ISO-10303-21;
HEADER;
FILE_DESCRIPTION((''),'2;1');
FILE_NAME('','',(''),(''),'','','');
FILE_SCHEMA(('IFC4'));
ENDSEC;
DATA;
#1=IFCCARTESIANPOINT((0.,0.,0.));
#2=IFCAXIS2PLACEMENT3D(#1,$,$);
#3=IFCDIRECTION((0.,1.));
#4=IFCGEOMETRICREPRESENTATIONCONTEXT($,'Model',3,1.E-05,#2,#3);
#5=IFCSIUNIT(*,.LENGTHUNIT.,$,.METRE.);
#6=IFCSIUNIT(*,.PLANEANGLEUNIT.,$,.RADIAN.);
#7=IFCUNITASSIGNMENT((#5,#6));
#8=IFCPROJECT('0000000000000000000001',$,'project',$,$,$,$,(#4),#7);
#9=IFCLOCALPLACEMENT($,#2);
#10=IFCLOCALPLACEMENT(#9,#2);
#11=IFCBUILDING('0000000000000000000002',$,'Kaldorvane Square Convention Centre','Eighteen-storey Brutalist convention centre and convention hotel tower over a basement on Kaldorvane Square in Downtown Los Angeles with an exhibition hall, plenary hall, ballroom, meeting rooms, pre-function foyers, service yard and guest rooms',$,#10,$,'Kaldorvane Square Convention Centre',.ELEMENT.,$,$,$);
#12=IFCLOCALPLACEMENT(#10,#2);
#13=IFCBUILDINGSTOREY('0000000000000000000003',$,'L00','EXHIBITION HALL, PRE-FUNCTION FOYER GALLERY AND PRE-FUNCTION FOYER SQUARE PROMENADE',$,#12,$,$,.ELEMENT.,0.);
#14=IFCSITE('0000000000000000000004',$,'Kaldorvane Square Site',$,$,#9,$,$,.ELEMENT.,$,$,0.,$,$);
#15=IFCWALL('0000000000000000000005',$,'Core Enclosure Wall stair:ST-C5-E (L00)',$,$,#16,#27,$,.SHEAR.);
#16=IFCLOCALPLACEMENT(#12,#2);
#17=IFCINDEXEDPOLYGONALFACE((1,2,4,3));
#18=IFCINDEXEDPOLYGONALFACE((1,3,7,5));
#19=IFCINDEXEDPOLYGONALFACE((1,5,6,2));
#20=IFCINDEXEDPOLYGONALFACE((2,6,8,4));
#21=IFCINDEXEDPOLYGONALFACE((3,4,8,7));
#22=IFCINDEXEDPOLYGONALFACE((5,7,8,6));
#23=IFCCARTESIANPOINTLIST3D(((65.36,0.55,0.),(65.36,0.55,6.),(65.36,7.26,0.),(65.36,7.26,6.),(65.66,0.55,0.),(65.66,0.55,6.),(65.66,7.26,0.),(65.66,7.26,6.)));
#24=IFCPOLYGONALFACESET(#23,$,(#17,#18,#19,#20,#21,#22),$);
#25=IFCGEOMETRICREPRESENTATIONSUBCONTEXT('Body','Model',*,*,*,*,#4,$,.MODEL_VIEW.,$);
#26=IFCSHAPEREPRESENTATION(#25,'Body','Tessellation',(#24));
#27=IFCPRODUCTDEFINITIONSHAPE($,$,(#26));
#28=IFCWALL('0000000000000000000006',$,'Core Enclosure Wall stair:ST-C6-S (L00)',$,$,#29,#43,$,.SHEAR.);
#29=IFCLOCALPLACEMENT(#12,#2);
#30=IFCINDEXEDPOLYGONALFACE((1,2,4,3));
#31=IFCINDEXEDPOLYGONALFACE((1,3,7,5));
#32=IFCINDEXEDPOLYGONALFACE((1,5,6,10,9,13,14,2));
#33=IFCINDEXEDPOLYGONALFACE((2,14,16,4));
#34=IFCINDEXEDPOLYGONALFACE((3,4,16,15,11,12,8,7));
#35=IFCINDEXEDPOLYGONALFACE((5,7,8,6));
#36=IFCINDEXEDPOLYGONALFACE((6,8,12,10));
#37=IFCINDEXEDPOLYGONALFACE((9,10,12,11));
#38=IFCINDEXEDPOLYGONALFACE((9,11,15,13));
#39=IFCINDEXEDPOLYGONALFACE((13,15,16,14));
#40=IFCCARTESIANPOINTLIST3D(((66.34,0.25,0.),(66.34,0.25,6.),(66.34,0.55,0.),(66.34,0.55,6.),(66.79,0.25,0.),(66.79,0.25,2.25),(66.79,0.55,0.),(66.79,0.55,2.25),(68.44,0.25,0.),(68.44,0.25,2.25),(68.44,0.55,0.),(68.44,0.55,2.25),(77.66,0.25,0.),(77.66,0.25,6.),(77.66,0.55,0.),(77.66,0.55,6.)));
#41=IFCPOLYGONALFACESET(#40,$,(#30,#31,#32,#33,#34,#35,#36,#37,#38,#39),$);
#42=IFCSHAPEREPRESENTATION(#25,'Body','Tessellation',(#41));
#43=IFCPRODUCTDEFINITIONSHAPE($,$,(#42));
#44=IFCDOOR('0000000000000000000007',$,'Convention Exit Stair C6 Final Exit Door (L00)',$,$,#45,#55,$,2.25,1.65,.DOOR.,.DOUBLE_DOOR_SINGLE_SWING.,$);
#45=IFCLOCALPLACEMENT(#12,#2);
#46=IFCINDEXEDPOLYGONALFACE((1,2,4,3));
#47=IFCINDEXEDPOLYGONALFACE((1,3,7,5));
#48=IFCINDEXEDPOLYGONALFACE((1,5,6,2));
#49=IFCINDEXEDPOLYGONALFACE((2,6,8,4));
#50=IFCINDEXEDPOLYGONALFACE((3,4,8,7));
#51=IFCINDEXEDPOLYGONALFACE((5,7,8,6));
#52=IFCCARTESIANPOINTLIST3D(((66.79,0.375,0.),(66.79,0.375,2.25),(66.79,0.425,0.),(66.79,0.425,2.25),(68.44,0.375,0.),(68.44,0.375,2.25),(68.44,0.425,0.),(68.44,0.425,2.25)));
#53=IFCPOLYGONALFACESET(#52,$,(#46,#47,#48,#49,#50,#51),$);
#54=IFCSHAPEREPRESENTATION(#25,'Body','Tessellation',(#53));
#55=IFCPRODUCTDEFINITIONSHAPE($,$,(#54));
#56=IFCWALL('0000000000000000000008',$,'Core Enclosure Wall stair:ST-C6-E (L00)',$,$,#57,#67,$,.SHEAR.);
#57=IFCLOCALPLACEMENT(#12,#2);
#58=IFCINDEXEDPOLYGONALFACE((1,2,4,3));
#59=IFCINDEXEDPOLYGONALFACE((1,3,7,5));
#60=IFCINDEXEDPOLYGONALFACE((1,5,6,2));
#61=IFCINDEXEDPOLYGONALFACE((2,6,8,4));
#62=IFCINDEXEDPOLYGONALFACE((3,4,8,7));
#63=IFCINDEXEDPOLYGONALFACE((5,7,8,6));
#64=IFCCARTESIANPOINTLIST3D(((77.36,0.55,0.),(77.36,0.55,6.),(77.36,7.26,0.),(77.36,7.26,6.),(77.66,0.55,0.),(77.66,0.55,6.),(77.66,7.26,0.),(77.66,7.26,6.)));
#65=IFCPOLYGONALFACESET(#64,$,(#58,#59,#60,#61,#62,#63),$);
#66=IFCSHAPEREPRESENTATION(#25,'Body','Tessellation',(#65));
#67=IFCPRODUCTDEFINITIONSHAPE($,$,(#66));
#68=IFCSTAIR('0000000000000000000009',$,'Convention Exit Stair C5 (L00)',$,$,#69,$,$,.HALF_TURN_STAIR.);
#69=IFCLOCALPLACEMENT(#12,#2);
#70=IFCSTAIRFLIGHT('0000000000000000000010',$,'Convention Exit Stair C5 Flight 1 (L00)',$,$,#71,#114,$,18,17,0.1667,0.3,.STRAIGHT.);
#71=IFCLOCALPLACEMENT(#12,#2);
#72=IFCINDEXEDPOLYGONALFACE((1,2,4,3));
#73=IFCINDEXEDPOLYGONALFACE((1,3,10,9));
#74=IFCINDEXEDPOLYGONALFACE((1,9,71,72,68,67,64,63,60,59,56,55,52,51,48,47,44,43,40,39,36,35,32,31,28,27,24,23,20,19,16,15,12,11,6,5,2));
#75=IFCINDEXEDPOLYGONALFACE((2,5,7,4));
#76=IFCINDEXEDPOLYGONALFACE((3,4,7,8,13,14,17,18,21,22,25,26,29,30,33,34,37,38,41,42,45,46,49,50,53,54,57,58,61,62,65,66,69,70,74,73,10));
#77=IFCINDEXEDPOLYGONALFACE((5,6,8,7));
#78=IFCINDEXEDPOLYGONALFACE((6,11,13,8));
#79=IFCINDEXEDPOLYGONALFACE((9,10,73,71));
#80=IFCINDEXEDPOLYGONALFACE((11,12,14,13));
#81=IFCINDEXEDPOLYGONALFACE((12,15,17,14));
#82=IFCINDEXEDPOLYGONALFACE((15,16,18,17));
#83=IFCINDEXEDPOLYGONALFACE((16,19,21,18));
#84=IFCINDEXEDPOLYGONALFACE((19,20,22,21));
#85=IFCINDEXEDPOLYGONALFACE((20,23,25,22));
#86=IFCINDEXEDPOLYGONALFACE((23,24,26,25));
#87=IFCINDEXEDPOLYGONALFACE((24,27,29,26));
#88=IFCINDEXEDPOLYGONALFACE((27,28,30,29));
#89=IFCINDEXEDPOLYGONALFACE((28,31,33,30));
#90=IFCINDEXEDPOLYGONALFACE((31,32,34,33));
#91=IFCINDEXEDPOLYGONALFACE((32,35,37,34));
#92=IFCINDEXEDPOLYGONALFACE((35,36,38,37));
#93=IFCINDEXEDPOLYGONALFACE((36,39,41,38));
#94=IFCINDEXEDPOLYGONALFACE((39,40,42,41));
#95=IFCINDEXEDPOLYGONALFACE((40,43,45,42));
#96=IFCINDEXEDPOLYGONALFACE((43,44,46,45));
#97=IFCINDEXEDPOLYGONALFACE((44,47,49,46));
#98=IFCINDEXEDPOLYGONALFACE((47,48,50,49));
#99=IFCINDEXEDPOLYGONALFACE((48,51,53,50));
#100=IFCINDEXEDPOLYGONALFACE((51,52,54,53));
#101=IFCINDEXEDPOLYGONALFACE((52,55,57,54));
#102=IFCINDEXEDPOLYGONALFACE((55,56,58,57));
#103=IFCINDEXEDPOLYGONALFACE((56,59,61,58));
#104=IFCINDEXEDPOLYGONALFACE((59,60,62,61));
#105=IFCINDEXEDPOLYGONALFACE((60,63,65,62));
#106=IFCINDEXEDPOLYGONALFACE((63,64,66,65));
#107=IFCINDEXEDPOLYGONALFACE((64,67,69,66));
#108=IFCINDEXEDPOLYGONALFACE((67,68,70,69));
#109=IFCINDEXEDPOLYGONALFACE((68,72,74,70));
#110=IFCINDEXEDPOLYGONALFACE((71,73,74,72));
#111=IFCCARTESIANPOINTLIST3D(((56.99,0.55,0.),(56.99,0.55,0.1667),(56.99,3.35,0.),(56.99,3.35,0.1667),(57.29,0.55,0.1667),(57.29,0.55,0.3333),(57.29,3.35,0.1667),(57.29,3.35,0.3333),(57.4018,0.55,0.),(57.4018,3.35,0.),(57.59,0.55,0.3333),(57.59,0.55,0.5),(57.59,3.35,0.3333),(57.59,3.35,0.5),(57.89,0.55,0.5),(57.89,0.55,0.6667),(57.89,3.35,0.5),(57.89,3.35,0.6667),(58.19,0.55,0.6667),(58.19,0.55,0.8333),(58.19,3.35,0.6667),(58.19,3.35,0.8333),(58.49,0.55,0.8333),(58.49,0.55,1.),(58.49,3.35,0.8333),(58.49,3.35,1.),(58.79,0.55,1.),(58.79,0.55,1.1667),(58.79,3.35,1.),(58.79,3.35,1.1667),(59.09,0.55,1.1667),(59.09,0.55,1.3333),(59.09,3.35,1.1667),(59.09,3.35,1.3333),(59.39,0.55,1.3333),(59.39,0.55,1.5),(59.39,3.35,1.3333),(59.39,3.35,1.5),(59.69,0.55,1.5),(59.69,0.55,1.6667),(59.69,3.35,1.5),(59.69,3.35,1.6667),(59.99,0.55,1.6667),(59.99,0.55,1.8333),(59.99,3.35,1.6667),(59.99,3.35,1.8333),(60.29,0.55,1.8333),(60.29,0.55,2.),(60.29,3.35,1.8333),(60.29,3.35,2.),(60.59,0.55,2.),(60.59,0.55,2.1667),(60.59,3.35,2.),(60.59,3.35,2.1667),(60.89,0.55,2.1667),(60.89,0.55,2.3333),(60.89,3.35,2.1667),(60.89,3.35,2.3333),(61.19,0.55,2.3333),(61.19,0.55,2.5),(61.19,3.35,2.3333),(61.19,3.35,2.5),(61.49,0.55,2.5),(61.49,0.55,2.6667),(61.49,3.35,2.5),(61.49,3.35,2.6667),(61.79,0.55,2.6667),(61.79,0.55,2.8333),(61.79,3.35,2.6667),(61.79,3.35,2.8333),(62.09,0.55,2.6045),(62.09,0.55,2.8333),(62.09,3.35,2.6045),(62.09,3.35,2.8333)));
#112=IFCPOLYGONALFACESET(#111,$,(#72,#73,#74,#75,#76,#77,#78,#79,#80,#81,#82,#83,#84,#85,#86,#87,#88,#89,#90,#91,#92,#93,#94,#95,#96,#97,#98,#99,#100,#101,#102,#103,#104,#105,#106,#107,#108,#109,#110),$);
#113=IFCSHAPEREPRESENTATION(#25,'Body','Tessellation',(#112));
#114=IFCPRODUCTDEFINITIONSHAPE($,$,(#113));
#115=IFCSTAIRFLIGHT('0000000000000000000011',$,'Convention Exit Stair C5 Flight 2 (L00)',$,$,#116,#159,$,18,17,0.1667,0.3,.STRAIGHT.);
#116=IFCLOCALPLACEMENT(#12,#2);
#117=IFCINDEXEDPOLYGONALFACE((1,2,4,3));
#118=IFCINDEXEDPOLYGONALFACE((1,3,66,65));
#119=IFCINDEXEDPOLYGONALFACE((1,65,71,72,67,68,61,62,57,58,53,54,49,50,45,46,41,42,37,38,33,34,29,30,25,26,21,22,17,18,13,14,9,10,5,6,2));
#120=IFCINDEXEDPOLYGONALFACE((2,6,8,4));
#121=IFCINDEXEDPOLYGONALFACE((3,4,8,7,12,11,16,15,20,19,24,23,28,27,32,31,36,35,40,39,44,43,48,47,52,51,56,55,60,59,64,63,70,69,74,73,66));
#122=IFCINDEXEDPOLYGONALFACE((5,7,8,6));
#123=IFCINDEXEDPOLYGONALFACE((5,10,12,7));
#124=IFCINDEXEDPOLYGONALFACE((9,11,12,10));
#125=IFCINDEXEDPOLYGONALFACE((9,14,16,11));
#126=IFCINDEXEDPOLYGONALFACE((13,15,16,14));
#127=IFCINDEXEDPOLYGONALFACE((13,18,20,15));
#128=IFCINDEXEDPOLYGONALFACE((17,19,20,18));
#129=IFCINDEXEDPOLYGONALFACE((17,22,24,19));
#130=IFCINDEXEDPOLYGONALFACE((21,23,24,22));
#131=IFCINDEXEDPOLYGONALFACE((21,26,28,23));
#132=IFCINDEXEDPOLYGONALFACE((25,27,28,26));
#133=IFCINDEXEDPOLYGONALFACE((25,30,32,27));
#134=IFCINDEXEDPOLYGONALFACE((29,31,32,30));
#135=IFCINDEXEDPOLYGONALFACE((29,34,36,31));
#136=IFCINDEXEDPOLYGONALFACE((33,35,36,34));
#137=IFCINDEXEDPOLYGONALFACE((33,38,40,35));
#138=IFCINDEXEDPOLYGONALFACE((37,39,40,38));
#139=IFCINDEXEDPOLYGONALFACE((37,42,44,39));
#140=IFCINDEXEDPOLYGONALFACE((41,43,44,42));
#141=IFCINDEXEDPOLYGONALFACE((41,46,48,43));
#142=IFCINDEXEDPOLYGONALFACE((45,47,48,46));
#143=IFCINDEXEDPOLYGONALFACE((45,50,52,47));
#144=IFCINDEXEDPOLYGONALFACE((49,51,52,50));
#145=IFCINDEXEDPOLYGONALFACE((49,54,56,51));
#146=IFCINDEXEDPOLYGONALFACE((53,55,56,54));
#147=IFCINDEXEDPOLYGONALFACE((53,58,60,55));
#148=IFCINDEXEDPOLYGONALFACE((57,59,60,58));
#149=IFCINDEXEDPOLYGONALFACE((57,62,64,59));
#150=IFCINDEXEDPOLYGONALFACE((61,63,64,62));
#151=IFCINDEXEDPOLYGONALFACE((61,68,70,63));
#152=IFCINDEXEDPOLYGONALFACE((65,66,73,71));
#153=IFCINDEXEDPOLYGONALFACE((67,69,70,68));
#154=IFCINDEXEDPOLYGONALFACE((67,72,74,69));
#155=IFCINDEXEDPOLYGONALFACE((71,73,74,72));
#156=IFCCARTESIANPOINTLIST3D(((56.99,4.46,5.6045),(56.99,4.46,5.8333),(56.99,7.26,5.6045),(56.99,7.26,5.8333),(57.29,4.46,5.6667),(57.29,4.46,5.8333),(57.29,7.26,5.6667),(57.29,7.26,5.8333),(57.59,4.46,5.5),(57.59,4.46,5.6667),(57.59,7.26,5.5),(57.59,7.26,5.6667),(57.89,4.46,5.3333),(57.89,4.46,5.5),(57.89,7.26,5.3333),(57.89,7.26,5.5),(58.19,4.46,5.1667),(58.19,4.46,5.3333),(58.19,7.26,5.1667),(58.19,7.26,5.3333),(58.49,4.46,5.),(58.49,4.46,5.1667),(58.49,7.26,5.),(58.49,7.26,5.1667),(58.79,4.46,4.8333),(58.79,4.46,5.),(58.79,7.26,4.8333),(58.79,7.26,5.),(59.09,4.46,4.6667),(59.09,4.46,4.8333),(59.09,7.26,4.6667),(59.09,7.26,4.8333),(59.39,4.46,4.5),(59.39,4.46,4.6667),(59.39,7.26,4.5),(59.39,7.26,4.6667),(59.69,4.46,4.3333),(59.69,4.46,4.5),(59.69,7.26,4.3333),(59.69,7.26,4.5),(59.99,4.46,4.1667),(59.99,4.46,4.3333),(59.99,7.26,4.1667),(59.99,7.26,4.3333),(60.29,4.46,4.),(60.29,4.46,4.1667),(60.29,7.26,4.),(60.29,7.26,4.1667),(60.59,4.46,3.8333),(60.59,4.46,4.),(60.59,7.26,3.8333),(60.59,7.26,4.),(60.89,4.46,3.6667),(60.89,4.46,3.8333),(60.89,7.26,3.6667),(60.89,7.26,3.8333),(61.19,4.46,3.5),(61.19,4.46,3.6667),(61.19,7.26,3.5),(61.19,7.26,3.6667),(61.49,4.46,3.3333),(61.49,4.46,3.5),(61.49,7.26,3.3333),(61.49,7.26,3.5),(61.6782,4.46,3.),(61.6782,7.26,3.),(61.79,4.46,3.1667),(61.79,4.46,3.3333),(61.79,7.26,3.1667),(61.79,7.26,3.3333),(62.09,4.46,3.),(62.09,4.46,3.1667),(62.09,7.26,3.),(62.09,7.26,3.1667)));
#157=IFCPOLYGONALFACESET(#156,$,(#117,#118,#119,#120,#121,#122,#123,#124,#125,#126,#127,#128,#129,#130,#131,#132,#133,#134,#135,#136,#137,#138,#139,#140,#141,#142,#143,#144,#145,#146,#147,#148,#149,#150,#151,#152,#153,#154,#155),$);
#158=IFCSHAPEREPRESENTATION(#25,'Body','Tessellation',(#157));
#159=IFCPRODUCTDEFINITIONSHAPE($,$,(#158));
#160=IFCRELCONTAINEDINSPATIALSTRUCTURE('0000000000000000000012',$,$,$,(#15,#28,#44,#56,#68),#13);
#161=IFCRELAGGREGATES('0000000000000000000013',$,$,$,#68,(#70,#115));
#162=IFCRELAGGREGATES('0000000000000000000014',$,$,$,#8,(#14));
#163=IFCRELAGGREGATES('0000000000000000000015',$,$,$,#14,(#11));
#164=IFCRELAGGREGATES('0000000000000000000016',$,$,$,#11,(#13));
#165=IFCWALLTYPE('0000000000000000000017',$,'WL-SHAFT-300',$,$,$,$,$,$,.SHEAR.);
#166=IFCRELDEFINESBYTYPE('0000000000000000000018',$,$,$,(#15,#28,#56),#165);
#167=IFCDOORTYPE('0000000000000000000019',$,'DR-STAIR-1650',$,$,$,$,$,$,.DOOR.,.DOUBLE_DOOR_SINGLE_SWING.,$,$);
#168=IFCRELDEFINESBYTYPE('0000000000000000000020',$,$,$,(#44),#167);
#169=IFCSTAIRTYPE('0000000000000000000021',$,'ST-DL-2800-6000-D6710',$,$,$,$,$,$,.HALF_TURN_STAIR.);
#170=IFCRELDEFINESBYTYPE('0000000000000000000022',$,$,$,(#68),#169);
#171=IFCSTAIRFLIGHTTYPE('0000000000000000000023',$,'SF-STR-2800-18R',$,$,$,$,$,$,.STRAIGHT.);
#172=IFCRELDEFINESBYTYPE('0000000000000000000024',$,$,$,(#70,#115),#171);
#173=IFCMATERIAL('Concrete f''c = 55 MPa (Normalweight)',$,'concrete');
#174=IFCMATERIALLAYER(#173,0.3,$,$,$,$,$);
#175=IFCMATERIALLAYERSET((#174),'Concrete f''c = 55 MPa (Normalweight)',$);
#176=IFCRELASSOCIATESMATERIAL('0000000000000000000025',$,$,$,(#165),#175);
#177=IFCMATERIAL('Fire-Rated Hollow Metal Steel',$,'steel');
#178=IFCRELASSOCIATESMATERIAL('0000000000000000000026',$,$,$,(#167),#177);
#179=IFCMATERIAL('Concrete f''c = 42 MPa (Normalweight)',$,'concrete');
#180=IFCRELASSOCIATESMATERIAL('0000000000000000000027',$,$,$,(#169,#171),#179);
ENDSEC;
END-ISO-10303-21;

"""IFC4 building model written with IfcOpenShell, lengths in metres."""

from ifc_helpers import new_model, si_unit, direction, frame, frame_2d, origin, place, context, subcontext, project, spatial, polyline, rectangle, outline, extrude, material, layer, layer_set, type_object, element, fill, aggregate, save


model = new_model("IFC4")

# Units and contexts
model_context = context("Model", 3, precision=1e-05, world=origin(), true_north=direction((0.0, 1.0)))
body_context = subcontext(model_context, "Body", "Model", "MODEL_VIEW")
ifc_project = project(units=[si_unit("LENGTHUNIT", "METRE"), si_unit("PLANEANGLEUNIT", "RADIAN")], contexts=[model_context])

# Site, building, storey
site_placement = place(None, origin())
site = spatial("IfcSite", under=ifc_project, at=site_placement, Name="Kaldorvane Square Site", CompositionType="ELEMENT", RefElevation=0.0)
building_placement = place(site_placement, origin())
building = spatial("IfcBuilding", under=site, at=building_placement, Name="Kaldorvane Square Convention Centre", Description="Eighteen-storey Brutalist convention centre and convention hotel tower over a basement on Kaldorvane Square in Downtown Los Angeles with an exhibition hall, plenary hall, ballroom, meeting rooms, pre-function foyers, service yard and guest rooms", LongName="Kaldorvane Square Convention Centre", CompositionType="ELEMENT")
storey_placement = place(building_placement, origin())
storey = spatial("IfcBuildingStorey", under=building, at=storey_placement, Name="L00", Description="EXHIBITION HALL, PRE-FUNCTION FOYER GALLERY AND PRE-FUNCTION FOYER SQUARE PROMENADE", CompositionType="ELEMENT", Elevation=0.0)

# Shared definitions
ifc_material_1 = material(Name="Concrete f'c = 55 MPa (Normalweight)", Category="concrete")

# Shared definitions
ifc_material_2 = material(Name="Concrete f'c = 42 MPa (Normalweight)", Category="concrete")

# Shared definitions
ifc_layer_1 = layer(ifc_material_1, 0.3)
ifc_layer_set_1 = layer_set([ifc_layer_1], Name="Concrete f'c = 55 MPa (Normalweight)")
wall_type_1 = type_object("IfcWallType", Name="WL-SHAFT-300", PredefinedType="SHEAR", material=ifc_layer_set_1)
ifc_material_3 = material(Name="Fire-Rated Hollow Metal Steel", Category="steel")
door_type = type_object("IfcDoorType", Name="DR-STAIR-1650", OperationType="DOUBLE_DOOR_SINGLE_SWING", PredefinedType="DOOR", material=ifc_material_3)

# Wall
wall_1_placement = place(storey_placement, frame((65.51, 0.55, 0.0), z_axis=(0.0, 0.0, 1.0), x_axis=(0.0, 1.0, 0.0)))
element("IfcWall", 1, at=wall_1_placement, inside=storey, type_object=wall_type_1, Name="Core Enclosure Wall stair:ST-C5-E (L00)", PredefinedType="SHEAR", context=body_context, shape_type="SweptSolid", body=[
    extrude(rectangle(XDim=6.71, YDim=0.3, at=frame_2d((3.355, 0.0))), origin(), (0.0, 0.0, 1.0), 6.0),
])

# Wall, opening, door
wall_2_placement = place(storey_placement, frame((77.66, 0.4, 0.0), z_axis=(0.0, 0.0, 1.0), x_axis=(-1.0, 0.0, 0.0)))
wall_2 = element("IfcWall", 2, at=wall_2_placement, inside=storey, type_object=wall_type_1, Name="Core Enclosure Wall stair:ST-C6-S (L00)", PredefinedType="SHEAR", context=body_context, shape_type="SweptSolid", body=[
    extrude(rectangle(XDim=11.32, YDim=0.3, at=frame_2d((5.66, 0.0))), origin(), (0.0, 0.0, 1.0), 6.0),
])
opening_1_placement = place(wall_2_placement, frame((9.22, 0.0, 0.0)))
opening_1 = element("IfcOpeningElement", 3, at=opening_1_placement, cuts=wall_2, PredefinedType="OPENING", context=body_context, shape_type="SweptSolid", body=[
    extrude(rectangle(XDim=1.65, YDim=2.25, at=frame_2d((0.825, 1.125))), frame((0.0, 0.165, 0.0), z_axis=(0.0, -1.0, 0.0), x_axis=(1.0, 0.0, 0.0)), (0.0, 0.0, 1.0), 0.33),
])
door_1_placement = place(opening_1_placement, origin())
door_1 = element("IfcDoor", 4, at=door_1_placement, inside=storey, type_object=door_type, Name="Convention Exit Stair C6 Final Exit Door (L00)", OperationType="DOUBLE_DOOR_SINGLE_SWING", OverallHeight=2.25, OverallWidth=1.65, PredefinedType="DOOR", context=body_context, shape_type="SweptSolid", body=[
    extrude(rectangle(XDim=1.65, YDim=2.25, at=frame_2d((0.825, 1.125))), frame((0.0, 0.025, 0.0), z_axis=(0.0, -1.0, 0.0), x_axis=(1.0, 0.0, 0.0)), (0.0, 0.0, 1.0), 0.05),
])
fill(opening_1, door_1)

# Wall
wall_3_placement = place(storey_placement, frame((77.51, 0.55, 0.0), z_axis=(0.0, 0.0, 1.0), x_axis=(0.0, 1.0, 0.0)))
element("IfcWall", 5, at=wall_3_placement, inside=storey, type_object=wall_type_1, Name="Core Enclosure Wall stair:ST-C6-E (L00)", PredefinedType="SHEAR", context=body_context, shape_type="SweptSolid", body=[
    extrude(rectangle(XDim=6.71, YDim=0.3, at=frame_2d((3.355, 0.0))), origin(), (0.0, 0.0, 1.0), 6.0),
])

# Stair, stair flights
stair_type = type_object("IfcStairType", Name="ST-DL-2800-6000-D6710", PredefinedType="HALF_TURN_STAIR", material=ifc_material_2)
stair_1_placement = place(storey_placement, origin())
stair_1 = element("IfcStair", 6, at=stair_1_placement, inside=storey, type_object=stair_type, Name="Convention Exit Stair C5 (L00)", PredefinedType="HALF_TURN_STAIR")
stair_flight_type = type_object("IfcStairFlightType", Name="SF-STR-2800-18R", PredefinedType="STRAIGHT", material=ifc_material_2)
stair_flight_1_placement = place(storey_placement, frame((56.99, 1.95, 0.0), z_axis=(0.0, 0.0, 1.0), x_axis=(1.0, 0.0, 0.0)))
stair_flight_1 = element("IfcStairFlight", 7, at=stair_flight_1_placement, type_object=stair_flight_type, Name="Convention Exit Stair C5 Flight 1 (L00)", NumberOfRisers=18, NumberOfTreads=17, PredefinedType="STRAIGHT", RiserHeight=0.1667, TreadLength=0.3, context=body_context, shape_type="SweptSolid", body=[
    extrude(outline(polyline([(0.0, 0.0), (0.0, 0.1667), (0.3, 0.1667), (0.3, 0.3333), (0.6, 0.3333), (0.6, 0.5), (0.9, 0.5), (0.9, 0.6667), (1.2, 0.6667), (1.2, 0.8333), (1.5, 0.8333), (1.5, 1.0), (1.8, 1.0), (1.8, 1.1667), (2.1, 1.1667), (2.1, 1.3333), (2.4, 1.3333), (2.4, 1.5), (2.7, 1.5), (2.7, 1.6667), (3.0, 1.6667), (3.0, 1.8333), (3.3, 1.8333), (3.3, 2.0), (3.6, 2.0), (3.6, 2.1667), (3.9, 2.1667), (3.9, 2.3333), (4.2, 2.3333), (4.2, 2.5), (4.5, 2.5), (4.5, 2.6667), (4.8, 2.6667), (4.8, 2.8333), (5.1, 2.8333), (5.1, 3.0), (5.1, 2.6045), (0.4118, 0.0), (0.0, 0.0)])), frame((0.0, 1.4, 0.0), z_axis=(0.0, -1.0, 0.0), x_axis=(1.0, 0.0, 0.0)), (0.0, 0.0, 1.0), 2.8),
])
stair_flight_2_placement = place(storey_placement, frame((62.09, 5.86, 3.0), z_axis=(0.0, 0.0, 1.0), x_axis=(-1.0, 0.0, 0.0)))
stair_flight_2 = element("IfcStairFlight", 8, at=stair_flight_2_placement, type_object=stair_flight_type, Name="Convention Exit Stair C5 Flight 2 (L00)", NumberOfRisers=18, NumberOfTreads=17, PredefinedType="STRAIGHT", RiserHeight=0.1667, TreadLength=0.3, context=body_context, shape_type="SweptSolid", body=[
    extrude(outline(polyline([(0.0, 0.0), (0.0, 0.1667), (0.3, 0.1667), (0.3, 0.3333), (0.6, 0.3333), (0.6, 0.5), (0.9, 0.5), (0.9, 0.6667), (1.2, 0.6667), (1.2, 0.8333), (1.5, 0.8333), (1.5, 1.0), (1.8, 1.0), (1.8, 1.1667), (2.1, 1.1667), (2.1, 1.3333), (2.4, 1.3333), (2.4, 1.5), (2.7, 1.5), (2.7, 1.6667), (3.0, 1.6667), (3.0, 1.8333), (3.3, 1.8333), (3.3, 2.0), (3.6, 2.0), (3.6, 2.1667), (3.9, 2.1667), (3.9, 2.3333), (4.2, 2.3333), (4.2, 2.5), (4.5, 2.5), (4.5, 2.6667), (4.8, 2.6667), (4.8, 2.8333), (5.1, 2.8333), (5.1, 3.0), (5.1, 2.6045), (0.4118, 0.0), (0.0, 0.0)])), frame((0.0, 1.4, 0.0), z_axis=(0.0, -1.0, 0.0), x_axis=(1.0, 0.0, 0.0)), (0.0, 0.0, 1.0), 2.8),
])
aggregate(stair_1, [stair_flight_1, stair_flight_2])

save(model, "model.ifc")
